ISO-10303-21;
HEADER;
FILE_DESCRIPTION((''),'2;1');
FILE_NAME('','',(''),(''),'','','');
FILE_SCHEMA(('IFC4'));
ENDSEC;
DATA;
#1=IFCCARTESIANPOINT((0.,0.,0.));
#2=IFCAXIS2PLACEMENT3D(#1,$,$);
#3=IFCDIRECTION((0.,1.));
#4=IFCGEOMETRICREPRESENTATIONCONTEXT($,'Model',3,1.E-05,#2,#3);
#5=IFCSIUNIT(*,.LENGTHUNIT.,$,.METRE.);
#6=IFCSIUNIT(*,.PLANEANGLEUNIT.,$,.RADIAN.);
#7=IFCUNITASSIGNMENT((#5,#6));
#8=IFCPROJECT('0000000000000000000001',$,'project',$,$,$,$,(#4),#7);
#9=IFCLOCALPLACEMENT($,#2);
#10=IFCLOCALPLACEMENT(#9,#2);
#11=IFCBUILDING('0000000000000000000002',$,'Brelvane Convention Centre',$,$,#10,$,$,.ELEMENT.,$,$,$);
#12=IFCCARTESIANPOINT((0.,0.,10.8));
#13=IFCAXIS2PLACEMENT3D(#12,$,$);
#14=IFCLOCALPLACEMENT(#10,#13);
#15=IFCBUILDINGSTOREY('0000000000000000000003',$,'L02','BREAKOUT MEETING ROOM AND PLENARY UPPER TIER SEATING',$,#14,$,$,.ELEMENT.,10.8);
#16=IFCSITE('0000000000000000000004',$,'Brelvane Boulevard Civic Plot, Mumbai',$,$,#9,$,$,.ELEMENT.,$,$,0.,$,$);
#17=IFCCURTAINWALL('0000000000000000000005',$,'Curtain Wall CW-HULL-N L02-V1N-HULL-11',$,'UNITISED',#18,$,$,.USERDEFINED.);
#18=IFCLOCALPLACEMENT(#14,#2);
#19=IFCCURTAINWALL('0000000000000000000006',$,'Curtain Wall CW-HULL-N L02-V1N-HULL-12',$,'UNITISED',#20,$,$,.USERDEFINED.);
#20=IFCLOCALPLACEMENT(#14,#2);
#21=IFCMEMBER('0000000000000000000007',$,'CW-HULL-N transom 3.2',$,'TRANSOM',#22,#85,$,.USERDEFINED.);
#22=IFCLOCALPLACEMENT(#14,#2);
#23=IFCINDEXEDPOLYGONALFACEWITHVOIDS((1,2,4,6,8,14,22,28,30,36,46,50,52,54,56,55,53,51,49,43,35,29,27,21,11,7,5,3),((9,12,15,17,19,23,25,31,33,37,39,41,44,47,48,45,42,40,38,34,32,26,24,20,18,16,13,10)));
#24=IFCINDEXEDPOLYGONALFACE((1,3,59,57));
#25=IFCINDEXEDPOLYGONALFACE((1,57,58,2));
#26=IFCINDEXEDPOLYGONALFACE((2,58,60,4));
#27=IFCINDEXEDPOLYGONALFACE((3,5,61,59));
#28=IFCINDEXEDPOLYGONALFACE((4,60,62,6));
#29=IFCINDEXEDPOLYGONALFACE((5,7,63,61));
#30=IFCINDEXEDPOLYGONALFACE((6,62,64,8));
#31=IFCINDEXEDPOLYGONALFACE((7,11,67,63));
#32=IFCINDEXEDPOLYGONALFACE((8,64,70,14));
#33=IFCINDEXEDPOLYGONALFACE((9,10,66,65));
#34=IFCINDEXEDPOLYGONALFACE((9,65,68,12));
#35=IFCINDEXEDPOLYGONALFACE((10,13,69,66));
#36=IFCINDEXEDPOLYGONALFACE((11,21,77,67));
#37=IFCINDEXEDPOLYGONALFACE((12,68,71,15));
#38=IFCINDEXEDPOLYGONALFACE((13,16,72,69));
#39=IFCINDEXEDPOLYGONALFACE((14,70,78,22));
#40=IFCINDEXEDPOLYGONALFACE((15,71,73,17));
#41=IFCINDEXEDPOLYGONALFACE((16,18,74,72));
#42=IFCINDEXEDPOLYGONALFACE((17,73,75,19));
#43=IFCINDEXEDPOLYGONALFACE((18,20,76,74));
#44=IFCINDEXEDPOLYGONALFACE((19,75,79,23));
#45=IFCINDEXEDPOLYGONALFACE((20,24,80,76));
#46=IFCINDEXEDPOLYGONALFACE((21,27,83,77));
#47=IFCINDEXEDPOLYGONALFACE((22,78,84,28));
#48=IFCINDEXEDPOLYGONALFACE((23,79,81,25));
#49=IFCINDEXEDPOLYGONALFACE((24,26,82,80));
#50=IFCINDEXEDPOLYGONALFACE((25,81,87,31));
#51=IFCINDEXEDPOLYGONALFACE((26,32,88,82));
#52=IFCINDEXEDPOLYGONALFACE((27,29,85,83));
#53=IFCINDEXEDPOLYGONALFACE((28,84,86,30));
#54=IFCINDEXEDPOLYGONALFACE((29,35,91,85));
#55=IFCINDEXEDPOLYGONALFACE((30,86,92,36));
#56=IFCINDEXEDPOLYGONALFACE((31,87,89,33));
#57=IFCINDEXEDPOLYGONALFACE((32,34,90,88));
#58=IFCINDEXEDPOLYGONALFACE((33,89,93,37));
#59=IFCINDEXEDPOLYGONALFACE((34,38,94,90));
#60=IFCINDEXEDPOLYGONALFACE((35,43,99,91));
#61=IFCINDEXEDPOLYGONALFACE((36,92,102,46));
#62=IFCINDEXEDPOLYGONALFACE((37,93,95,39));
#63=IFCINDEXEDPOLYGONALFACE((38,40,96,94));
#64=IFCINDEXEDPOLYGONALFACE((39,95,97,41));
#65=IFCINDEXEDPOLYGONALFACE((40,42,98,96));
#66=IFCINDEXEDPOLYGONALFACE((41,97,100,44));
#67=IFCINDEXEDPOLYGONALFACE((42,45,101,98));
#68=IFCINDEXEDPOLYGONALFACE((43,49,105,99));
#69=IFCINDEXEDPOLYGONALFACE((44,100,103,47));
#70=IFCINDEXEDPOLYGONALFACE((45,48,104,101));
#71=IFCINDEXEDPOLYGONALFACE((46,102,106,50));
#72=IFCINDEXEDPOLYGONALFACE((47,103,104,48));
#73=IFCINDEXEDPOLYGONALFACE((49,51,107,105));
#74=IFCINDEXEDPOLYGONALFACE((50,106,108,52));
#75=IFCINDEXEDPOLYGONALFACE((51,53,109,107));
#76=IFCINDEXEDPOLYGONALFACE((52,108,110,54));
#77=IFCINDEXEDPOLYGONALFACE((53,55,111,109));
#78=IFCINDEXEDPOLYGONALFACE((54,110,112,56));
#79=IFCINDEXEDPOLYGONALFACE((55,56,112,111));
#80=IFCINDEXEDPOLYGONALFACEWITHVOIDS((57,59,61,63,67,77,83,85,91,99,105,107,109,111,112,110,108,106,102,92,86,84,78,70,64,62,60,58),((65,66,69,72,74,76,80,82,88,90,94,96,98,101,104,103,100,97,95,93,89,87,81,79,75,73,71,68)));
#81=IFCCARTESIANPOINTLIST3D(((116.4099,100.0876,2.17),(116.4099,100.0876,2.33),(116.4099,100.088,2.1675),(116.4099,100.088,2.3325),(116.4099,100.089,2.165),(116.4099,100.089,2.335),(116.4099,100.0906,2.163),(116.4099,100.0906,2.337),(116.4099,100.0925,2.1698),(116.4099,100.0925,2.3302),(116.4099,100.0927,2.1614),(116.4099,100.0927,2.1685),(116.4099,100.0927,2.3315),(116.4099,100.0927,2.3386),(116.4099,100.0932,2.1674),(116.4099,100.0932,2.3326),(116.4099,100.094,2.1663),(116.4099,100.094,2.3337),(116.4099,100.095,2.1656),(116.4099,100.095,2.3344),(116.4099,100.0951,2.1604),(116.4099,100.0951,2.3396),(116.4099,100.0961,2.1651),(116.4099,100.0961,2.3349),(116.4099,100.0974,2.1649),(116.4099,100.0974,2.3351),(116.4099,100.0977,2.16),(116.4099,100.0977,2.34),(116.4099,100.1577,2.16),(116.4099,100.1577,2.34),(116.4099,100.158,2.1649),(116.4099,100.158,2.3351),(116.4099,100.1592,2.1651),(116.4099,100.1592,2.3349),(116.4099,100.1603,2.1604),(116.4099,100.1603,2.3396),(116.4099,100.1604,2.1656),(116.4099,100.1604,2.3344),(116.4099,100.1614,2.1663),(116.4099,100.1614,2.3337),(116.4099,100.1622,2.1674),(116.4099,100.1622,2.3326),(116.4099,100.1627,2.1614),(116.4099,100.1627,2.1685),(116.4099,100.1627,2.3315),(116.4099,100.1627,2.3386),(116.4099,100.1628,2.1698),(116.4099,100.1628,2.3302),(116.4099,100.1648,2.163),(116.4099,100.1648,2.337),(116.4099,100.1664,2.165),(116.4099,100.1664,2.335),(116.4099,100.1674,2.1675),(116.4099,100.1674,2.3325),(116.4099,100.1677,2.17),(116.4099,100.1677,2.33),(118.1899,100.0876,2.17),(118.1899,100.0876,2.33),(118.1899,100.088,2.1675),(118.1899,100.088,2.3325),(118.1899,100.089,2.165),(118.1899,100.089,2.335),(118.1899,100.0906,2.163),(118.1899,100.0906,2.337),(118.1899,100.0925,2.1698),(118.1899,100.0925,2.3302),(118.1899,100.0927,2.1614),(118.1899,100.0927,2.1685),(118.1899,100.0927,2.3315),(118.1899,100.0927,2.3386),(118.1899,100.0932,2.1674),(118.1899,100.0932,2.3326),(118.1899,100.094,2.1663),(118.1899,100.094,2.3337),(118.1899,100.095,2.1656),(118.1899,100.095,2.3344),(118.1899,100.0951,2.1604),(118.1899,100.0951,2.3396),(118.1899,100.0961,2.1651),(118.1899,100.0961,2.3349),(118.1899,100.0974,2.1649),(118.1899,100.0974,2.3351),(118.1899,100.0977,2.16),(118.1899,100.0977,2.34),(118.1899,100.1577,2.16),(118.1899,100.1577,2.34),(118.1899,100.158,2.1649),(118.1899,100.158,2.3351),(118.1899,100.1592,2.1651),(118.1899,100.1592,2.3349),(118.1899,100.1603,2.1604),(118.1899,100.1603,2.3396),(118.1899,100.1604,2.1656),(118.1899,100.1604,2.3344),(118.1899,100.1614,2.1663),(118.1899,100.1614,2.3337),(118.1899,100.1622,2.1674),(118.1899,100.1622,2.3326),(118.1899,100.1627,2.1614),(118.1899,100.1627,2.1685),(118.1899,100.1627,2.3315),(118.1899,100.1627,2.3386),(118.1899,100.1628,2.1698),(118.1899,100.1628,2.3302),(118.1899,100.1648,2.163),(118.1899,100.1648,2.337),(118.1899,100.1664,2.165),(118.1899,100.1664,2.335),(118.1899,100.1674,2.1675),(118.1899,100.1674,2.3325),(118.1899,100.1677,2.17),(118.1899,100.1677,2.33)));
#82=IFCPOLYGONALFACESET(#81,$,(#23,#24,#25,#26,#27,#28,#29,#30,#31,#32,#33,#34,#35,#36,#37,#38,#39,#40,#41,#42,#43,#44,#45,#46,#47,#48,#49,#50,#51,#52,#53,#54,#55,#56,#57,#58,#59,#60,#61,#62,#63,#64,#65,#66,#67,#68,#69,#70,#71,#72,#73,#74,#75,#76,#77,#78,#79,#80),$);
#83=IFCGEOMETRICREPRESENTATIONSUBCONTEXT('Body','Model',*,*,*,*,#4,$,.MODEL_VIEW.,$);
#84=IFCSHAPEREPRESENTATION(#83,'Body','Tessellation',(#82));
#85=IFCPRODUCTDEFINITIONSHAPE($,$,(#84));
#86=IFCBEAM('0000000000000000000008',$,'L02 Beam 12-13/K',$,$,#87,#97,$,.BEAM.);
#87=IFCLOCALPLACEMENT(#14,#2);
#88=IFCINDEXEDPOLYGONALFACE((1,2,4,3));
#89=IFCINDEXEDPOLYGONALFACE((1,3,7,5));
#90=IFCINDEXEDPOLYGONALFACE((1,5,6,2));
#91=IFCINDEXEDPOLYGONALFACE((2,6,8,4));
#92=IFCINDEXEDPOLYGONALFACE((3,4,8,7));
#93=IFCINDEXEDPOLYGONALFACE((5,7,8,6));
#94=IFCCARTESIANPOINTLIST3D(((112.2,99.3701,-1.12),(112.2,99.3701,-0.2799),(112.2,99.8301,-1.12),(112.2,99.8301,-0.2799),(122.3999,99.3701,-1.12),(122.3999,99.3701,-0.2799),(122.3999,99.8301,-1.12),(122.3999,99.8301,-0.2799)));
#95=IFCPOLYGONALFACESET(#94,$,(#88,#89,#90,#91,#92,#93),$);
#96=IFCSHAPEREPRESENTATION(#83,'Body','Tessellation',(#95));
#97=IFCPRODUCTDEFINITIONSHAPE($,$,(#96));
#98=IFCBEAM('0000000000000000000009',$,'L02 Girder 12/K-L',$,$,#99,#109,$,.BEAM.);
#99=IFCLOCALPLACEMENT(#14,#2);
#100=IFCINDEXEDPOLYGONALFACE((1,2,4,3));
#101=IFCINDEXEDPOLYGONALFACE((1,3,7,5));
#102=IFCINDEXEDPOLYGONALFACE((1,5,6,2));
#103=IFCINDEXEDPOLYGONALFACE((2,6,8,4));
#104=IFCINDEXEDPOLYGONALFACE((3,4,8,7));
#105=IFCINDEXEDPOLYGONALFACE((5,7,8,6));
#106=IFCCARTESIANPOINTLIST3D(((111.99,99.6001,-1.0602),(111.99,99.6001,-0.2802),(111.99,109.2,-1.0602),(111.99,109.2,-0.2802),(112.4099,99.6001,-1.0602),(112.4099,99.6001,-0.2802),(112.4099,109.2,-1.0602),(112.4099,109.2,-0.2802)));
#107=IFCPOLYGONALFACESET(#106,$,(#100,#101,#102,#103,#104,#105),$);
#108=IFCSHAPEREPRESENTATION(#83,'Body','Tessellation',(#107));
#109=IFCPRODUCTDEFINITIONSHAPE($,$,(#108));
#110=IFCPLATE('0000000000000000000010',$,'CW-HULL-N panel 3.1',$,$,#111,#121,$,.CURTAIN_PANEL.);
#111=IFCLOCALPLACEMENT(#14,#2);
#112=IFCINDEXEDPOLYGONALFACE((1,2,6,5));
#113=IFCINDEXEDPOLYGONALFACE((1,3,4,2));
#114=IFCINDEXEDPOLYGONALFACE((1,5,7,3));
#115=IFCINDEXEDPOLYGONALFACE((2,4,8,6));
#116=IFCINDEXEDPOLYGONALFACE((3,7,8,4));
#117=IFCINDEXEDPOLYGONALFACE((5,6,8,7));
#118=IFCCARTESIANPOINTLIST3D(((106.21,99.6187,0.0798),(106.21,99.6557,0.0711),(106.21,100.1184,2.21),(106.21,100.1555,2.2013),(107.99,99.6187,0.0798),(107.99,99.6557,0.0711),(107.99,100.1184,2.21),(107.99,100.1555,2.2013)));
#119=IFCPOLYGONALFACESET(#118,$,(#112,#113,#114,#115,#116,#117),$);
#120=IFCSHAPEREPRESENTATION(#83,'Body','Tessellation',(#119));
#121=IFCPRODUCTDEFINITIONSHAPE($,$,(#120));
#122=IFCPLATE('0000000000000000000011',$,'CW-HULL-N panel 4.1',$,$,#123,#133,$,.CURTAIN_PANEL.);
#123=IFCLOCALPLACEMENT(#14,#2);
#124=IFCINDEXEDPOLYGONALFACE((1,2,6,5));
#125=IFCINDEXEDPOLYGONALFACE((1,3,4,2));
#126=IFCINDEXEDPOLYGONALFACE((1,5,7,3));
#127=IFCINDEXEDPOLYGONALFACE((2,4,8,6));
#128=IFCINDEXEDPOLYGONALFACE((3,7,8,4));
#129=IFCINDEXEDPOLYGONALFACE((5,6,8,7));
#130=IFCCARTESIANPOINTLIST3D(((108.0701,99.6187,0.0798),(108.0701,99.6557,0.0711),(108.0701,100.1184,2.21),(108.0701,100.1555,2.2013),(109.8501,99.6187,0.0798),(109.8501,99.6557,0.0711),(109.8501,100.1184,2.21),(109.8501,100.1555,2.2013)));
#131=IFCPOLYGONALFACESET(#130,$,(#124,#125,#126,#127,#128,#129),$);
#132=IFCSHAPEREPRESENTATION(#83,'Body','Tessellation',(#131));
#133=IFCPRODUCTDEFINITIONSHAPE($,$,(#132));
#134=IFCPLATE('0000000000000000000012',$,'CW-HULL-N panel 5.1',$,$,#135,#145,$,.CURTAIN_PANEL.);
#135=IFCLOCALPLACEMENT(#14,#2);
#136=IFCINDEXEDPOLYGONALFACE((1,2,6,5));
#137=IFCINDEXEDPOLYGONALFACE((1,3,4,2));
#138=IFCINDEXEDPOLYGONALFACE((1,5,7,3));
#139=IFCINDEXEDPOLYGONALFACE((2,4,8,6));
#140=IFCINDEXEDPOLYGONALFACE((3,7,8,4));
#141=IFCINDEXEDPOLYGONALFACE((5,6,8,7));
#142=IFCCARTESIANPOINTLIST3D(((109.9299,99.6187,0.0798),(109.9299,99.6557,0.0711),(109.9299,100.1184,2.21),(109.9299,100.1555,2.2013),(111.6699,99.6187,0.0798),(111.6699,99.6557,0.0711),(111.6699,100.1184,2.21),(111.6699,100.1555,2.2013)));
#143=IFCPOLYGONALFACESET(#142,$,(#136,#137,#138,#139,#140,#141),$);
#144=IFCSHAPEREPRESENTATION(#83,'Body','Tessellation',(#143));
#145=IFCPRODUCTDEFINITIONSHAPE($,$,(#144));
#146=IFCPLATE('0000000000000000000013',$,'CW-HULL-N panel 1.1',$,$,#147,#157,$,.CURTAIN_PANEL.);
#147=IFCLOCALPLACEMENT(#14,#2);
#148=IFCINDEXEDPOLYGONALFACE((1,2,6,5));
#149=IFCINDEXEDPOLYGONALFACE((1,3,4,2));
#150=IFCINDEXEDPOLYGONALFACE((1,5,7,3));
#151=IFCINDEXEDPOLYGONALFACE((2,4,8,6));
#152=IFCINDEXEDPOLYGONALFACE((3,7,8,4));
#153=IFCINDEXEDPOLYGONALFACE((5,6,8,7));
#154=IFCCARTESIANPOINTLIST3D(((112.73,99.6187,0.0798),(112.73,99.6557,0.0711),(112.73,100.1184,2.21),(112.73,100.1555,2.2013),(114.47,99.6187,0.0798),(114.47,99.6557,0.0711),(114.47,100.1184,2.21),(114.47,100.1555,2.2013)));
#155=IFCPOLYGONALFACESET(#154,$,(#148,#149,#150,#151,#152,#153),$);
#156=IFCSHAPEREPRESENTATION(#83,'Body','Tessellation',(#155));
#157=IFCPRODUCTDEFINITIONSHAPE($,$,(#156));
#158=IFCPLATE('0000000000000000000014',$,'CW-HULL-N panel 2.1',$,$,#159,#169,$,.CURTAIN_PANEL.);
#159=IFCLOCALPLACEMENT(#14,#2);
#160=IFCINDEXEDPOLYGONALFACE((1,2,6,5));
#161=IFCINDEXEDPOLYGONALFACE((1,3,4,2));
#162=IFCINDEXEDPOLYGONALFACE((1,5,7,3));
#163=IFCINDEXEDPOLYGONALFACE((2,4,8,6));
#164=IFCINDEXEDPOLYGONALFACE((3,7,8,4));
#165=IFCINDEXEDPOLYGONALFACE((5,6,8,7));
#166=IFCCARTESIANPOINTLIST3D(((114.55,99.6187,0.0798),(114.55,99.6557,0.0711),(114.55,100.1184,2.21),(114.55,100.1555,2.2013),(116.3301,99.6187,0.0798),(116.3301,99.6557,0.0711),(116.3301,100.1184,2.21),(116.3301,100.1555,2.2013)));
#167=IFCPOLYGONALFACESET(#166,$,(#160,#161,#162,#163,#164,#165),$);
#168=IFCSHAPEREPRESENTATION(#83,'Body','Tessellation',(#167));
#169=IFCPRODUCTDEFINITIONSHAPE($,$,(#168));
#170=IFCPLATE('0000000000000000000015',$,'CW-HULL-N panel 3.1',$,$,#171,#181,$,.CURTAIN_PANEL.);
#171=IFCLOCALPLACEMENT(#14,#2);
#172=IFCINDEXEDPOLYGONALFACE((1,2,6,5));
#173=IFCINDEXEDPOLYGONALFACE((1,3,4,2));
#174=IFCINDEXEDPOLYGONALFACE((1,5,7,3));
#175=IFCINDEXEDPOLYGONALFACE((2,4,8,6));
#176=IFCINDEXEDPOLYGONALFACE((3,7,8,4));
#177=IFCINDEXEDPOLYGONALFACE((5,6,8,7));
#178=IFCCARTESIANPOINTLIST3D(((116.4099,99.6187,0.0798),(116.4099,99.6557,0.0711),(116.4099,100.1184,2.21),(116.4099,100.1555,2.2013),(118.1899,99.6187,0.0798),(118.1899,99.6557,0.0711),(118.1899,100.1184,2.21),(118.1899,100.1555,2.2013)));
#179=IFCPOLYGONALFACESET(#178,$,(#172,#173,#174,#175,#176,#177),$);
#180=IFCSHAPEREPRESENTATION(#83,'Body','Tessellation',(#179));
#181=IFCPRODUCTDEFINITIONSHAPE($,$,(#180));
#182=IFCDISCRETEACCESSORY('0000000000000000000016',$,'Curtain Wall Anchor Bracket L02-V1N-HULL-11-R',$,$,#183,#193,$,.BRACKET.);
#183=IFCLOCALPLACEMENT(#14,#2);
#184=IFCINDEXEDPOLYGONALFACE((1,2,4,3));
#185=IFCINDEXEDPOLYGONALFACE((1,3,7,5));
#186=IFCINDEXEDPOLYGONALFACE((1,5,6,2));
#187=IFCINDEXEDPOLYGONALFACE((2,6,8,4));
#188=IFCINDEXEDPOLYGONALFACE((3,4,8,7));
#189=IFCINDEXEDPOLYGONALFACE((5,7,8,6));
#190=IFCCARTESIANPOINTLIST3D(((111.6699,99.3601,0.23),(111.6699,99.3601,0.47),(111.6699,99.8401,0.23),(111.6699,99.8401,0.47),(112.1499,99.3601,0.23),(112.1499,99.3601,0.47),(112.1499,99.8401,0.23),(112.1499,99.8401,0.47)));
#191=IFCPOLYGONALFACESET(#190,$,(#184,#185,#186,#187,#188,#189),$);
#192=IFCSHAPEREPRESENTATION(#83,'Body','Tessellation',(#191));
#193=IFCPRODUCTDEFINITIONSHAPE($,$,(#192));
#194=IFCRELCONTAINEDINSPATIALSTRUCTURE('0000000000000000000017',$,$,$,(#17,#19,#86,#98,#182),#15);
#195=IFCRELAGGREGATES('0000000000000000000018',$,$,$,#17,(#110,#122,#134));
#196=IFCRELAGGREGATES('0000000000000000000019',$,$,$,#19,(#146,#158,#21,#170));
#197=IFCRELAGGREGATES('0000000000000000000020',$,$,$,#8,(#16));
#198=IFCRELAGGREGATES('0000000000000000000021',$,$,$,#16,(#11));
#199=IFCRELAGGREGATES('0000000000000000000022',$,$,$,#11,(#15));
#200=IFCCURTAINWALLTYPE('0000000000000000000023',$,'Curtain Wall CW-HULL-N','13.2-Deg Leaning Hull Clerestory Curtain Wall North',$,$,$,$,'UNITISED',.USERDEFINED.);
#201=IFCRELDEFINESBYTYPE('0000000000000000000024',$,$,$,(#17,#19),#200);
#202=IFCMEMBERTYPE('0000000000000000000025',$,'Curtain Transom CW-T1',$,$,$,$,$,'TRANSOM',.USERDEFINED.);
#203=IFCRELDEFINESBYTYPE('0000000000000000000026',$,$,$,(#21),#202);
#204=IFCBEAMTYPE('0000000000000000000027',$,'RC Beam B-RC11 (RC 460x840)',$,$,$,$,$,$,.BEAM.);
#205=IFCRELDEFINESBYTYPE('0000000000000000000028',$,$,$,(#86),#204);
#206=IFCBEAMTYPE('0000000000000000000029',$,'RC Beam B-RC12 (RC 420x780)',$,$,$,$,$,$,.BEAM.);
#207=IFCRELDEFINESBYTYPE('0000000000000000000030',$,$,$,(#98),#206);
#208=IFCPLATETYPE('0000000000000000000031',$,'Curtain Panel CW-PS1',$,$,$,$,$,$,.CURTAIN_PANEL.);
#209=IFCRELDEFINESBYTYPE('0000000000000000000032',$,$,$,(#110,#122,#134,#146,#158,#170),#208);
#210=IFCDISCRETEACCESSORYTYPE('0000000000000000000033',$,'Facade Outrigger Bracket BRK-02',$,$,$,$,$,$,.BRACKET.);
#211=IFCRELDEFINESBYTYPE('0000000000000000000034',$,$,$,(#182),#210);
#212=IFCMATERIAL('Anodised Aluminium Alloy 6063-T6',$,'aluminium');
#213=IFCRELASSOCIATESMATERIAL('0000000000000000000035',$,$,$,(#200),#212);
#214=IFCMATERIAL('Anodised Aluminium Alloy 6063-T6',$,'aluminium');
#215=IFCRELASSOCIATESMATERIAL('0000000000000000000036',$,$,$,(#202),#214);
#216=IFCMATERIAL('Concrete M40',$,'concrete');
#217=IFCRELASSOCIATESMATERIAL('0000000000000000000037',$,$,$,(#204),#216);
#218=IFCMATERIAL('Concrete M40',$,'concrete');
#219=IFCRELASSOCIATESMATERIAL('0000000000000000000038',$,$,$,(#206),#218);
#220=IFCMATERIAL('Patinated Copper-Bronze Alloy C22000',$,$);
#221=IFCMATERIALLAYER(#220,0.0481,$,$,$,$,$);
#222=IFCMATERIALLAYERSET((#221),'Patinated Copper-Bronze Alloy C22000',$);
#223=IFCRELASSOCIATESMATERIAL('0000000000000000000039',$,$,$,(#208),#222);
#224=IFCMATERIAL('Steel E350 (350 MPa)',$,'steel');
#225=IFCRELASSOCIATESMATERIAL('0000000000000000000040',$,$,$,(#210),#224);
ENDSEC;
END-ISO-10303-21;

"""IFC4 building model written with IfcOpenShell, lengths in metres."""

from ifc_helpers import new_model, si_unit, direction, frame, origin, origin_2d, place, context, subcontext, project, spatial, polyline, rectangle, hollow_rectangle, outline, extrude, material, layer, layer_set, material_profile, profile_set, type_object, element, aggregate, save


model = new_model("IFC4")

# Units and contexts
model_context = context("Model", 3, precision=1e-05, world=origin(), true_north=direction((0.0, 1.0)))
body_context = subcontext(model_context, "Body", "Model", "MODEL_VIEW")
ifc_project = project(units=[si_unit("LENGTHUNIT", "METRE"), si_unit("PLANEANGLEUNIT", "RADIAN")], contexts=[model_context])

# Site, building, storey
site_placement = place(None, origin())
site = spatial("IfcSite", under=ifc_project, at=site_placement, Name="Brelvane Boulevard Civic Plot, Mumbai", CompositionType="ELEMENT", RefElevation=0.0)
building_placement = place(site_placement, origin())
building = spatial("IfcBuilding", under=site, at=building_placement, Name="Brelvane Convention Centre", CompositionType="ELEMENT")
storey_placement = place(building_placement, frame((0.0, 0.0, 10.8)))
storey = spatial("IfcBuildingStorey", under=building, at=storey_placement, Name="L02", Description="BREAKOUT MEETING ROOM AND PLENARY UPPER TIER SEATING", CompositionType="ELEMENT", Elevation=10.8)

# Curtain walls
ifc_material_1 = material(Name="Anodised Aluminium Alloy 6063-T6", Category="aluminium")
curtain_wall_type = type_object("IfcCurtainWallType", Name="Curtain Wall CW-HULL-N", Description="13.2-Deg Leaning Hull Clerestory Curtain Wall North", ElementType="UNITISED", PredefinedType="USERDEFINED", material=ifc_material_1)
curtain_wall_1_placement = place(storey_placement, origin())
curtain_wall_1 = element("IfcCurtainWall", 1, at=curtain_wall_1_placement, inside=storey, type_object=curtain_wall_type, Name="Curtain Wall CW-HULL-N L02-V1N-HULL-11", ObjectType="UNITISED", PredefinedType="USERDEFINED")
curtain_wall_2_placement = place(storey_placement, origin())
curtain_wall_2 = element("IfcCurtainWall", 2, at=curtain_wall_2_placement, inside=storey, type_object=curtain_wall_type, Name="Curtain Wall CW-HULL-N L02-V1N-HULL-12", ObjectType="UNITISED", PredefinedType="USERDEFINED")

# Member
ifc_material_2 = material(Name="Anodised Aluminium Alloy 6063-T6", Category="aluminium")
ifc_material_profile_1 = material_profile(ifc_material_2, hollow_rectangle(XDim=0.0801, YDim=0.1799, WallThickness=0.0049, InnerFilletRadius=0.0049, OuterFilletRadius=0.01, at=origin_2d()), Name="ALU-T 180x80x5.0")
ifc_profile_set_1 = profile_set([ifc_material_profile_1], Name="Anodised Aluminium Alloy 6063-T6")
member_type_1 = type_object("IfcMemberType", Name="Curtain Transom CW-T1", ElementType="TRANSOM", PredefinedType="USERDEFINED", material=ifc_profile_set_1)
member_1_placement = place(storey_placement, frame((116.4099, 100.1277, 2.25), z_axis=(1.0, 0.0, 0.0), x_axis=(0.0, 1.0, 0.0)))
member_1 = element("IfcMember", 3, at=member_1_placement, type_object=member_type_1, Name="CW-HULL-N transom 3.2", ObjectType="TRANSOM", PredefinedType="USERDEFINED", context=body_context, shape_type="SweptSolid", body=[
    extrude(hollow_rectangle(XDim=0.0801, YDim=0.1799, WallThickness=0.0049, InnerFilletRadius=0.0049, OuterFilletRadius=0.01, at=origin_2d()), origin(), (0.0, 0.0, 1.0), 1.78),
])

# Beams
ifc_material_3 = material(Name="Concrete M40", Category="concrete")
ifc_material_profile_2 = material_profile(ifc_material_3, rectangle(XDim=0.46, YDim=0.8401, at=origin_2d()), Name="RC 460x840")
ifc_profile_set_2 = profile_set([ifc_material_profile_2], Name="Concrete M40")
beam_type_1 = type_object("IfcBeamType", Name="RC Beam B-RC11 (RC 460x840)", PredefinedType="BEAM", material=ifc_profile_set_2)
beam_1_placement = place(storey_placement, frame((112.2, 99.6001, -0.7), z_axis=(1.0, 0.0, 0.0), x_axis=(0.0, 1.0, 0.0)))
element("IfcBeam", 4, at=beam_1_placement, inside=storey, type_object=beam_type_1, Name="L02 Beam 12-13/K", PredefinedType="BEAM", context=body_context, shape_type="SweptSolid", body=[
    extrude(rectangle(XDim=0.46, YDim=0.8401, at=origin_2d()), origin(), (0.0, 0.0, 1.0), 10.2),
])
ifc_material_4 = material(Name="Concrete M40", Category="concrete")
ifc_material_profile_3 = material_profile(ifc_material_4, rectangle(XDim=0.4199, YDim=0.78, at=origin_2d()), Name="RC 420x780")
ifc_profile_set_3 = profile_set([ifc_material_profile_3], Name="Concrete M40")
beam_type_2 = type_object("IfcBeamType", Name="RC Beam B-RC12 (RC 420x780)", PredefinedType="BEAM", material=ifc_profile_set_3)
beam_2_placement = place(storey_placement, frame((112.2, 99.6001, -0.6702), z_axis=(0.0, 1.0, 0.0), x_axis=(-1.0, 0.0, 0.0)))
element("IfcBeam", 5, at=beam_2_placement, inside=storey, type_object=beam_type_2, Name="L02 Girder 12/K-L", PredefinedType="BEAM", context=body_context, shape_type="SweptSolid", body=[
    extrude(rectangle(XDim=0.4199, YDim=0.78, at=origin_2d()), origin(), (0.0, 0.0, 1.0), 9.5999),
])

# Plates
ifc_material_5 = material(Name="Patinated Copper-Bronze Alloy C22000")
ifc_layer = layer(ifc_material_5, 0.0481)
ifc_layer_set = layer_set([ifc_layer], Name="Patinated Copper-Bronze Alloy C22000")
plate_type = type_object("IfcPlateType", Name="Curtain Panel CW-PS1", PredefinedType="CURTAIN_PANEL", material=ifc_layer_set)
plate_1_placement = place(storey_placement, frame((106.21, 99.6187, 0.0798), z_axis=(0.0, -0.973565, 0.228411), x_axis=(1.0, 0.0, 0.0)))
plate_1 = element("IfcPlate", 6, at=plate_1_placement, type_object=plate_type, Name="CW-HULL-N panel 3.1", PredefinedType="CURTAIN_PANEL", context=body_context, shape_type="SweptSolid", body=[
    extrude(outline(polyline([(0.0, 0.0), (1.78, 0.0), (1.78, 2.188), (0.0, 2.188), (0.0, 0.0)])), origin(), (0.0, 0.0, -1.0), 0.0381),
])
plate_2_placement = place(storey_placement, frame((108.0701, 99.6187, 0.0798), z_axis=(0.0, -0.973565, 0.228411), x_axis=(1.0, 0.0, 0.0)))
plate_2 = element("IfcPlate", 7, at=plate_2_placement, type_object=plate_type, Name="CW-HULL-N panel 4.1", PredefinedType="CURTAIN_PANEL", context=body_context, shape_type="SweptSolid", body=[
    extrude(outline(polyline([(0.0, 0.0), (1.78, 0.0), (1.78, 2.188), (0.0, 2.188), (0.0, 0.0)])), origin(), (0.0, 0.0, -1.0), 0.0381),
])
plate_3_placement = place(storey_placement, frame((109.9299, 99.6187, 0.0798), z_axis=(0.0, -0.973565, 0.228411), x_axis=(1.0, 0.0, 0.0)))
plate_3 = element("IfcPlate", 8, at=plate_3_placement, type_object=plate_type, Name="CW-HULL-N panel 5.1", PredefinedType="CURTAIN_PANEL", context=body_context, shape_type="SweptSolid", body=[
    extrude(outline(polyline([(0.0, 0.0), (1.74, 0.0), (1.74, 2.188), (0.0, 2.188), (0.0, 0.0)])), origin(), (0.0, 0.0, -1.0), 0.0381),
])
aggregate(curtain_wall_1, [plate_1, plate_2, plate_3])
plate_4_placement = place(storey_placement, frame((112.73, 99.6187, 0.0798), z_axis=(0.0, -0.973565, 0.228411), x_axis=(1.0, 0.0, 0.0)))
plate_4 = element("IfcPlate", 9, at=plate_4_placement, type_object=plate_type, Name="CW-HULL-N panel 1.1", PredefinedType="CURTAIN_PANEL", context=body_context, shape_type="SweptSolid", body=[
    extrude(outline(polyline([(0.0, 0.0), (1.74, 0.0), (1.74, 2.188), (0.0, 2.188), (0.0, 0.0)])), origin(), (0.0, 0.0, -1.0), 0.0381),
])
plate_5_placement = place(storey_placement, frame((114.55, 99.6187, 0.0798), z_axis=(0.0, -0.973565, 0.228411), x_axis=(1.0, 0.0, 0.0)))
plate_5 = element("IfcPlate", 10, at=plate_5_placement, type_object=plate_type, Name="CW-HULL-N panel 2.1", PredefinedType="CURTAIN_PANEL", context=body_context, shape_type="SweptSolid", body=[
    extrude(outline(polyline([(0.0, 0.0), (1.78, 0.0), (1.78, 2.188), (0.0, 2.188), (0.0, 0.0)])), origin(), (0.0, 0.0, -1.0), 0.0381),
])
plate_6_placement = place(storey_placement, frame((116.4099, 99.6187, 0.0798), z_axis=(0.0, -0.973565, 0.228411), x_axis=(1.0, 0.0, 0.0)))
plate_6 = element("IfcPlate", 11, at=plate_6_placement, type_object=plate_type, Name="CW-HULL-N panel 3.1", PredefinedType="CURTAIN_PANEL", context=body_context, shape_type="SweptSolid", body=[
    extrude(outline(polyline([(0.0, 0.0), (1.78, 0.0), (1.78, 2.188), (0.0, 2.188), (0.0, 0.0)])), origin(), (0.0, 0.0, -1.0), 0.0381),
])
aggregate(curtain_wall_2, [plate_4, plate_5, member_1, plate_6])

# Discrete accessory
ifc_material_6 = material(Name="Steel E350 (350 MPa)", Category="steel")
discrete_accessory_type = type_object("IfcDiscreteAccessoryType", Name="Facade Outrigger Bracket BRK-02", PredefinedType="BRACKET", material=ifc_material_6)
discrete_accessory_1_placement = place(storey_placement, frame((111.9099, 99.6001, 0.23), z_axis=(0.0, 0.0, 1.0), x_axis=(1.0, 0.0, 0.0)))
element("IfcDiscreteAccessory", 12, at=discrete_accessory_1_placement, inside=storey, type_object=discrete_accessory_type, Name="Curtain Wall Anchor Bracket L02-V1N-HULL-11-R", PredefinedType="BRACKET", context=body_context, shape_type="SweptSolid", body=[
    extrude(rectangle(XDim=0.48, YDim=0.48, at=origin_2d()), origin(), (0.0, 0.0, 1.0), 0.24),
])

save(model, "model.ifc")
